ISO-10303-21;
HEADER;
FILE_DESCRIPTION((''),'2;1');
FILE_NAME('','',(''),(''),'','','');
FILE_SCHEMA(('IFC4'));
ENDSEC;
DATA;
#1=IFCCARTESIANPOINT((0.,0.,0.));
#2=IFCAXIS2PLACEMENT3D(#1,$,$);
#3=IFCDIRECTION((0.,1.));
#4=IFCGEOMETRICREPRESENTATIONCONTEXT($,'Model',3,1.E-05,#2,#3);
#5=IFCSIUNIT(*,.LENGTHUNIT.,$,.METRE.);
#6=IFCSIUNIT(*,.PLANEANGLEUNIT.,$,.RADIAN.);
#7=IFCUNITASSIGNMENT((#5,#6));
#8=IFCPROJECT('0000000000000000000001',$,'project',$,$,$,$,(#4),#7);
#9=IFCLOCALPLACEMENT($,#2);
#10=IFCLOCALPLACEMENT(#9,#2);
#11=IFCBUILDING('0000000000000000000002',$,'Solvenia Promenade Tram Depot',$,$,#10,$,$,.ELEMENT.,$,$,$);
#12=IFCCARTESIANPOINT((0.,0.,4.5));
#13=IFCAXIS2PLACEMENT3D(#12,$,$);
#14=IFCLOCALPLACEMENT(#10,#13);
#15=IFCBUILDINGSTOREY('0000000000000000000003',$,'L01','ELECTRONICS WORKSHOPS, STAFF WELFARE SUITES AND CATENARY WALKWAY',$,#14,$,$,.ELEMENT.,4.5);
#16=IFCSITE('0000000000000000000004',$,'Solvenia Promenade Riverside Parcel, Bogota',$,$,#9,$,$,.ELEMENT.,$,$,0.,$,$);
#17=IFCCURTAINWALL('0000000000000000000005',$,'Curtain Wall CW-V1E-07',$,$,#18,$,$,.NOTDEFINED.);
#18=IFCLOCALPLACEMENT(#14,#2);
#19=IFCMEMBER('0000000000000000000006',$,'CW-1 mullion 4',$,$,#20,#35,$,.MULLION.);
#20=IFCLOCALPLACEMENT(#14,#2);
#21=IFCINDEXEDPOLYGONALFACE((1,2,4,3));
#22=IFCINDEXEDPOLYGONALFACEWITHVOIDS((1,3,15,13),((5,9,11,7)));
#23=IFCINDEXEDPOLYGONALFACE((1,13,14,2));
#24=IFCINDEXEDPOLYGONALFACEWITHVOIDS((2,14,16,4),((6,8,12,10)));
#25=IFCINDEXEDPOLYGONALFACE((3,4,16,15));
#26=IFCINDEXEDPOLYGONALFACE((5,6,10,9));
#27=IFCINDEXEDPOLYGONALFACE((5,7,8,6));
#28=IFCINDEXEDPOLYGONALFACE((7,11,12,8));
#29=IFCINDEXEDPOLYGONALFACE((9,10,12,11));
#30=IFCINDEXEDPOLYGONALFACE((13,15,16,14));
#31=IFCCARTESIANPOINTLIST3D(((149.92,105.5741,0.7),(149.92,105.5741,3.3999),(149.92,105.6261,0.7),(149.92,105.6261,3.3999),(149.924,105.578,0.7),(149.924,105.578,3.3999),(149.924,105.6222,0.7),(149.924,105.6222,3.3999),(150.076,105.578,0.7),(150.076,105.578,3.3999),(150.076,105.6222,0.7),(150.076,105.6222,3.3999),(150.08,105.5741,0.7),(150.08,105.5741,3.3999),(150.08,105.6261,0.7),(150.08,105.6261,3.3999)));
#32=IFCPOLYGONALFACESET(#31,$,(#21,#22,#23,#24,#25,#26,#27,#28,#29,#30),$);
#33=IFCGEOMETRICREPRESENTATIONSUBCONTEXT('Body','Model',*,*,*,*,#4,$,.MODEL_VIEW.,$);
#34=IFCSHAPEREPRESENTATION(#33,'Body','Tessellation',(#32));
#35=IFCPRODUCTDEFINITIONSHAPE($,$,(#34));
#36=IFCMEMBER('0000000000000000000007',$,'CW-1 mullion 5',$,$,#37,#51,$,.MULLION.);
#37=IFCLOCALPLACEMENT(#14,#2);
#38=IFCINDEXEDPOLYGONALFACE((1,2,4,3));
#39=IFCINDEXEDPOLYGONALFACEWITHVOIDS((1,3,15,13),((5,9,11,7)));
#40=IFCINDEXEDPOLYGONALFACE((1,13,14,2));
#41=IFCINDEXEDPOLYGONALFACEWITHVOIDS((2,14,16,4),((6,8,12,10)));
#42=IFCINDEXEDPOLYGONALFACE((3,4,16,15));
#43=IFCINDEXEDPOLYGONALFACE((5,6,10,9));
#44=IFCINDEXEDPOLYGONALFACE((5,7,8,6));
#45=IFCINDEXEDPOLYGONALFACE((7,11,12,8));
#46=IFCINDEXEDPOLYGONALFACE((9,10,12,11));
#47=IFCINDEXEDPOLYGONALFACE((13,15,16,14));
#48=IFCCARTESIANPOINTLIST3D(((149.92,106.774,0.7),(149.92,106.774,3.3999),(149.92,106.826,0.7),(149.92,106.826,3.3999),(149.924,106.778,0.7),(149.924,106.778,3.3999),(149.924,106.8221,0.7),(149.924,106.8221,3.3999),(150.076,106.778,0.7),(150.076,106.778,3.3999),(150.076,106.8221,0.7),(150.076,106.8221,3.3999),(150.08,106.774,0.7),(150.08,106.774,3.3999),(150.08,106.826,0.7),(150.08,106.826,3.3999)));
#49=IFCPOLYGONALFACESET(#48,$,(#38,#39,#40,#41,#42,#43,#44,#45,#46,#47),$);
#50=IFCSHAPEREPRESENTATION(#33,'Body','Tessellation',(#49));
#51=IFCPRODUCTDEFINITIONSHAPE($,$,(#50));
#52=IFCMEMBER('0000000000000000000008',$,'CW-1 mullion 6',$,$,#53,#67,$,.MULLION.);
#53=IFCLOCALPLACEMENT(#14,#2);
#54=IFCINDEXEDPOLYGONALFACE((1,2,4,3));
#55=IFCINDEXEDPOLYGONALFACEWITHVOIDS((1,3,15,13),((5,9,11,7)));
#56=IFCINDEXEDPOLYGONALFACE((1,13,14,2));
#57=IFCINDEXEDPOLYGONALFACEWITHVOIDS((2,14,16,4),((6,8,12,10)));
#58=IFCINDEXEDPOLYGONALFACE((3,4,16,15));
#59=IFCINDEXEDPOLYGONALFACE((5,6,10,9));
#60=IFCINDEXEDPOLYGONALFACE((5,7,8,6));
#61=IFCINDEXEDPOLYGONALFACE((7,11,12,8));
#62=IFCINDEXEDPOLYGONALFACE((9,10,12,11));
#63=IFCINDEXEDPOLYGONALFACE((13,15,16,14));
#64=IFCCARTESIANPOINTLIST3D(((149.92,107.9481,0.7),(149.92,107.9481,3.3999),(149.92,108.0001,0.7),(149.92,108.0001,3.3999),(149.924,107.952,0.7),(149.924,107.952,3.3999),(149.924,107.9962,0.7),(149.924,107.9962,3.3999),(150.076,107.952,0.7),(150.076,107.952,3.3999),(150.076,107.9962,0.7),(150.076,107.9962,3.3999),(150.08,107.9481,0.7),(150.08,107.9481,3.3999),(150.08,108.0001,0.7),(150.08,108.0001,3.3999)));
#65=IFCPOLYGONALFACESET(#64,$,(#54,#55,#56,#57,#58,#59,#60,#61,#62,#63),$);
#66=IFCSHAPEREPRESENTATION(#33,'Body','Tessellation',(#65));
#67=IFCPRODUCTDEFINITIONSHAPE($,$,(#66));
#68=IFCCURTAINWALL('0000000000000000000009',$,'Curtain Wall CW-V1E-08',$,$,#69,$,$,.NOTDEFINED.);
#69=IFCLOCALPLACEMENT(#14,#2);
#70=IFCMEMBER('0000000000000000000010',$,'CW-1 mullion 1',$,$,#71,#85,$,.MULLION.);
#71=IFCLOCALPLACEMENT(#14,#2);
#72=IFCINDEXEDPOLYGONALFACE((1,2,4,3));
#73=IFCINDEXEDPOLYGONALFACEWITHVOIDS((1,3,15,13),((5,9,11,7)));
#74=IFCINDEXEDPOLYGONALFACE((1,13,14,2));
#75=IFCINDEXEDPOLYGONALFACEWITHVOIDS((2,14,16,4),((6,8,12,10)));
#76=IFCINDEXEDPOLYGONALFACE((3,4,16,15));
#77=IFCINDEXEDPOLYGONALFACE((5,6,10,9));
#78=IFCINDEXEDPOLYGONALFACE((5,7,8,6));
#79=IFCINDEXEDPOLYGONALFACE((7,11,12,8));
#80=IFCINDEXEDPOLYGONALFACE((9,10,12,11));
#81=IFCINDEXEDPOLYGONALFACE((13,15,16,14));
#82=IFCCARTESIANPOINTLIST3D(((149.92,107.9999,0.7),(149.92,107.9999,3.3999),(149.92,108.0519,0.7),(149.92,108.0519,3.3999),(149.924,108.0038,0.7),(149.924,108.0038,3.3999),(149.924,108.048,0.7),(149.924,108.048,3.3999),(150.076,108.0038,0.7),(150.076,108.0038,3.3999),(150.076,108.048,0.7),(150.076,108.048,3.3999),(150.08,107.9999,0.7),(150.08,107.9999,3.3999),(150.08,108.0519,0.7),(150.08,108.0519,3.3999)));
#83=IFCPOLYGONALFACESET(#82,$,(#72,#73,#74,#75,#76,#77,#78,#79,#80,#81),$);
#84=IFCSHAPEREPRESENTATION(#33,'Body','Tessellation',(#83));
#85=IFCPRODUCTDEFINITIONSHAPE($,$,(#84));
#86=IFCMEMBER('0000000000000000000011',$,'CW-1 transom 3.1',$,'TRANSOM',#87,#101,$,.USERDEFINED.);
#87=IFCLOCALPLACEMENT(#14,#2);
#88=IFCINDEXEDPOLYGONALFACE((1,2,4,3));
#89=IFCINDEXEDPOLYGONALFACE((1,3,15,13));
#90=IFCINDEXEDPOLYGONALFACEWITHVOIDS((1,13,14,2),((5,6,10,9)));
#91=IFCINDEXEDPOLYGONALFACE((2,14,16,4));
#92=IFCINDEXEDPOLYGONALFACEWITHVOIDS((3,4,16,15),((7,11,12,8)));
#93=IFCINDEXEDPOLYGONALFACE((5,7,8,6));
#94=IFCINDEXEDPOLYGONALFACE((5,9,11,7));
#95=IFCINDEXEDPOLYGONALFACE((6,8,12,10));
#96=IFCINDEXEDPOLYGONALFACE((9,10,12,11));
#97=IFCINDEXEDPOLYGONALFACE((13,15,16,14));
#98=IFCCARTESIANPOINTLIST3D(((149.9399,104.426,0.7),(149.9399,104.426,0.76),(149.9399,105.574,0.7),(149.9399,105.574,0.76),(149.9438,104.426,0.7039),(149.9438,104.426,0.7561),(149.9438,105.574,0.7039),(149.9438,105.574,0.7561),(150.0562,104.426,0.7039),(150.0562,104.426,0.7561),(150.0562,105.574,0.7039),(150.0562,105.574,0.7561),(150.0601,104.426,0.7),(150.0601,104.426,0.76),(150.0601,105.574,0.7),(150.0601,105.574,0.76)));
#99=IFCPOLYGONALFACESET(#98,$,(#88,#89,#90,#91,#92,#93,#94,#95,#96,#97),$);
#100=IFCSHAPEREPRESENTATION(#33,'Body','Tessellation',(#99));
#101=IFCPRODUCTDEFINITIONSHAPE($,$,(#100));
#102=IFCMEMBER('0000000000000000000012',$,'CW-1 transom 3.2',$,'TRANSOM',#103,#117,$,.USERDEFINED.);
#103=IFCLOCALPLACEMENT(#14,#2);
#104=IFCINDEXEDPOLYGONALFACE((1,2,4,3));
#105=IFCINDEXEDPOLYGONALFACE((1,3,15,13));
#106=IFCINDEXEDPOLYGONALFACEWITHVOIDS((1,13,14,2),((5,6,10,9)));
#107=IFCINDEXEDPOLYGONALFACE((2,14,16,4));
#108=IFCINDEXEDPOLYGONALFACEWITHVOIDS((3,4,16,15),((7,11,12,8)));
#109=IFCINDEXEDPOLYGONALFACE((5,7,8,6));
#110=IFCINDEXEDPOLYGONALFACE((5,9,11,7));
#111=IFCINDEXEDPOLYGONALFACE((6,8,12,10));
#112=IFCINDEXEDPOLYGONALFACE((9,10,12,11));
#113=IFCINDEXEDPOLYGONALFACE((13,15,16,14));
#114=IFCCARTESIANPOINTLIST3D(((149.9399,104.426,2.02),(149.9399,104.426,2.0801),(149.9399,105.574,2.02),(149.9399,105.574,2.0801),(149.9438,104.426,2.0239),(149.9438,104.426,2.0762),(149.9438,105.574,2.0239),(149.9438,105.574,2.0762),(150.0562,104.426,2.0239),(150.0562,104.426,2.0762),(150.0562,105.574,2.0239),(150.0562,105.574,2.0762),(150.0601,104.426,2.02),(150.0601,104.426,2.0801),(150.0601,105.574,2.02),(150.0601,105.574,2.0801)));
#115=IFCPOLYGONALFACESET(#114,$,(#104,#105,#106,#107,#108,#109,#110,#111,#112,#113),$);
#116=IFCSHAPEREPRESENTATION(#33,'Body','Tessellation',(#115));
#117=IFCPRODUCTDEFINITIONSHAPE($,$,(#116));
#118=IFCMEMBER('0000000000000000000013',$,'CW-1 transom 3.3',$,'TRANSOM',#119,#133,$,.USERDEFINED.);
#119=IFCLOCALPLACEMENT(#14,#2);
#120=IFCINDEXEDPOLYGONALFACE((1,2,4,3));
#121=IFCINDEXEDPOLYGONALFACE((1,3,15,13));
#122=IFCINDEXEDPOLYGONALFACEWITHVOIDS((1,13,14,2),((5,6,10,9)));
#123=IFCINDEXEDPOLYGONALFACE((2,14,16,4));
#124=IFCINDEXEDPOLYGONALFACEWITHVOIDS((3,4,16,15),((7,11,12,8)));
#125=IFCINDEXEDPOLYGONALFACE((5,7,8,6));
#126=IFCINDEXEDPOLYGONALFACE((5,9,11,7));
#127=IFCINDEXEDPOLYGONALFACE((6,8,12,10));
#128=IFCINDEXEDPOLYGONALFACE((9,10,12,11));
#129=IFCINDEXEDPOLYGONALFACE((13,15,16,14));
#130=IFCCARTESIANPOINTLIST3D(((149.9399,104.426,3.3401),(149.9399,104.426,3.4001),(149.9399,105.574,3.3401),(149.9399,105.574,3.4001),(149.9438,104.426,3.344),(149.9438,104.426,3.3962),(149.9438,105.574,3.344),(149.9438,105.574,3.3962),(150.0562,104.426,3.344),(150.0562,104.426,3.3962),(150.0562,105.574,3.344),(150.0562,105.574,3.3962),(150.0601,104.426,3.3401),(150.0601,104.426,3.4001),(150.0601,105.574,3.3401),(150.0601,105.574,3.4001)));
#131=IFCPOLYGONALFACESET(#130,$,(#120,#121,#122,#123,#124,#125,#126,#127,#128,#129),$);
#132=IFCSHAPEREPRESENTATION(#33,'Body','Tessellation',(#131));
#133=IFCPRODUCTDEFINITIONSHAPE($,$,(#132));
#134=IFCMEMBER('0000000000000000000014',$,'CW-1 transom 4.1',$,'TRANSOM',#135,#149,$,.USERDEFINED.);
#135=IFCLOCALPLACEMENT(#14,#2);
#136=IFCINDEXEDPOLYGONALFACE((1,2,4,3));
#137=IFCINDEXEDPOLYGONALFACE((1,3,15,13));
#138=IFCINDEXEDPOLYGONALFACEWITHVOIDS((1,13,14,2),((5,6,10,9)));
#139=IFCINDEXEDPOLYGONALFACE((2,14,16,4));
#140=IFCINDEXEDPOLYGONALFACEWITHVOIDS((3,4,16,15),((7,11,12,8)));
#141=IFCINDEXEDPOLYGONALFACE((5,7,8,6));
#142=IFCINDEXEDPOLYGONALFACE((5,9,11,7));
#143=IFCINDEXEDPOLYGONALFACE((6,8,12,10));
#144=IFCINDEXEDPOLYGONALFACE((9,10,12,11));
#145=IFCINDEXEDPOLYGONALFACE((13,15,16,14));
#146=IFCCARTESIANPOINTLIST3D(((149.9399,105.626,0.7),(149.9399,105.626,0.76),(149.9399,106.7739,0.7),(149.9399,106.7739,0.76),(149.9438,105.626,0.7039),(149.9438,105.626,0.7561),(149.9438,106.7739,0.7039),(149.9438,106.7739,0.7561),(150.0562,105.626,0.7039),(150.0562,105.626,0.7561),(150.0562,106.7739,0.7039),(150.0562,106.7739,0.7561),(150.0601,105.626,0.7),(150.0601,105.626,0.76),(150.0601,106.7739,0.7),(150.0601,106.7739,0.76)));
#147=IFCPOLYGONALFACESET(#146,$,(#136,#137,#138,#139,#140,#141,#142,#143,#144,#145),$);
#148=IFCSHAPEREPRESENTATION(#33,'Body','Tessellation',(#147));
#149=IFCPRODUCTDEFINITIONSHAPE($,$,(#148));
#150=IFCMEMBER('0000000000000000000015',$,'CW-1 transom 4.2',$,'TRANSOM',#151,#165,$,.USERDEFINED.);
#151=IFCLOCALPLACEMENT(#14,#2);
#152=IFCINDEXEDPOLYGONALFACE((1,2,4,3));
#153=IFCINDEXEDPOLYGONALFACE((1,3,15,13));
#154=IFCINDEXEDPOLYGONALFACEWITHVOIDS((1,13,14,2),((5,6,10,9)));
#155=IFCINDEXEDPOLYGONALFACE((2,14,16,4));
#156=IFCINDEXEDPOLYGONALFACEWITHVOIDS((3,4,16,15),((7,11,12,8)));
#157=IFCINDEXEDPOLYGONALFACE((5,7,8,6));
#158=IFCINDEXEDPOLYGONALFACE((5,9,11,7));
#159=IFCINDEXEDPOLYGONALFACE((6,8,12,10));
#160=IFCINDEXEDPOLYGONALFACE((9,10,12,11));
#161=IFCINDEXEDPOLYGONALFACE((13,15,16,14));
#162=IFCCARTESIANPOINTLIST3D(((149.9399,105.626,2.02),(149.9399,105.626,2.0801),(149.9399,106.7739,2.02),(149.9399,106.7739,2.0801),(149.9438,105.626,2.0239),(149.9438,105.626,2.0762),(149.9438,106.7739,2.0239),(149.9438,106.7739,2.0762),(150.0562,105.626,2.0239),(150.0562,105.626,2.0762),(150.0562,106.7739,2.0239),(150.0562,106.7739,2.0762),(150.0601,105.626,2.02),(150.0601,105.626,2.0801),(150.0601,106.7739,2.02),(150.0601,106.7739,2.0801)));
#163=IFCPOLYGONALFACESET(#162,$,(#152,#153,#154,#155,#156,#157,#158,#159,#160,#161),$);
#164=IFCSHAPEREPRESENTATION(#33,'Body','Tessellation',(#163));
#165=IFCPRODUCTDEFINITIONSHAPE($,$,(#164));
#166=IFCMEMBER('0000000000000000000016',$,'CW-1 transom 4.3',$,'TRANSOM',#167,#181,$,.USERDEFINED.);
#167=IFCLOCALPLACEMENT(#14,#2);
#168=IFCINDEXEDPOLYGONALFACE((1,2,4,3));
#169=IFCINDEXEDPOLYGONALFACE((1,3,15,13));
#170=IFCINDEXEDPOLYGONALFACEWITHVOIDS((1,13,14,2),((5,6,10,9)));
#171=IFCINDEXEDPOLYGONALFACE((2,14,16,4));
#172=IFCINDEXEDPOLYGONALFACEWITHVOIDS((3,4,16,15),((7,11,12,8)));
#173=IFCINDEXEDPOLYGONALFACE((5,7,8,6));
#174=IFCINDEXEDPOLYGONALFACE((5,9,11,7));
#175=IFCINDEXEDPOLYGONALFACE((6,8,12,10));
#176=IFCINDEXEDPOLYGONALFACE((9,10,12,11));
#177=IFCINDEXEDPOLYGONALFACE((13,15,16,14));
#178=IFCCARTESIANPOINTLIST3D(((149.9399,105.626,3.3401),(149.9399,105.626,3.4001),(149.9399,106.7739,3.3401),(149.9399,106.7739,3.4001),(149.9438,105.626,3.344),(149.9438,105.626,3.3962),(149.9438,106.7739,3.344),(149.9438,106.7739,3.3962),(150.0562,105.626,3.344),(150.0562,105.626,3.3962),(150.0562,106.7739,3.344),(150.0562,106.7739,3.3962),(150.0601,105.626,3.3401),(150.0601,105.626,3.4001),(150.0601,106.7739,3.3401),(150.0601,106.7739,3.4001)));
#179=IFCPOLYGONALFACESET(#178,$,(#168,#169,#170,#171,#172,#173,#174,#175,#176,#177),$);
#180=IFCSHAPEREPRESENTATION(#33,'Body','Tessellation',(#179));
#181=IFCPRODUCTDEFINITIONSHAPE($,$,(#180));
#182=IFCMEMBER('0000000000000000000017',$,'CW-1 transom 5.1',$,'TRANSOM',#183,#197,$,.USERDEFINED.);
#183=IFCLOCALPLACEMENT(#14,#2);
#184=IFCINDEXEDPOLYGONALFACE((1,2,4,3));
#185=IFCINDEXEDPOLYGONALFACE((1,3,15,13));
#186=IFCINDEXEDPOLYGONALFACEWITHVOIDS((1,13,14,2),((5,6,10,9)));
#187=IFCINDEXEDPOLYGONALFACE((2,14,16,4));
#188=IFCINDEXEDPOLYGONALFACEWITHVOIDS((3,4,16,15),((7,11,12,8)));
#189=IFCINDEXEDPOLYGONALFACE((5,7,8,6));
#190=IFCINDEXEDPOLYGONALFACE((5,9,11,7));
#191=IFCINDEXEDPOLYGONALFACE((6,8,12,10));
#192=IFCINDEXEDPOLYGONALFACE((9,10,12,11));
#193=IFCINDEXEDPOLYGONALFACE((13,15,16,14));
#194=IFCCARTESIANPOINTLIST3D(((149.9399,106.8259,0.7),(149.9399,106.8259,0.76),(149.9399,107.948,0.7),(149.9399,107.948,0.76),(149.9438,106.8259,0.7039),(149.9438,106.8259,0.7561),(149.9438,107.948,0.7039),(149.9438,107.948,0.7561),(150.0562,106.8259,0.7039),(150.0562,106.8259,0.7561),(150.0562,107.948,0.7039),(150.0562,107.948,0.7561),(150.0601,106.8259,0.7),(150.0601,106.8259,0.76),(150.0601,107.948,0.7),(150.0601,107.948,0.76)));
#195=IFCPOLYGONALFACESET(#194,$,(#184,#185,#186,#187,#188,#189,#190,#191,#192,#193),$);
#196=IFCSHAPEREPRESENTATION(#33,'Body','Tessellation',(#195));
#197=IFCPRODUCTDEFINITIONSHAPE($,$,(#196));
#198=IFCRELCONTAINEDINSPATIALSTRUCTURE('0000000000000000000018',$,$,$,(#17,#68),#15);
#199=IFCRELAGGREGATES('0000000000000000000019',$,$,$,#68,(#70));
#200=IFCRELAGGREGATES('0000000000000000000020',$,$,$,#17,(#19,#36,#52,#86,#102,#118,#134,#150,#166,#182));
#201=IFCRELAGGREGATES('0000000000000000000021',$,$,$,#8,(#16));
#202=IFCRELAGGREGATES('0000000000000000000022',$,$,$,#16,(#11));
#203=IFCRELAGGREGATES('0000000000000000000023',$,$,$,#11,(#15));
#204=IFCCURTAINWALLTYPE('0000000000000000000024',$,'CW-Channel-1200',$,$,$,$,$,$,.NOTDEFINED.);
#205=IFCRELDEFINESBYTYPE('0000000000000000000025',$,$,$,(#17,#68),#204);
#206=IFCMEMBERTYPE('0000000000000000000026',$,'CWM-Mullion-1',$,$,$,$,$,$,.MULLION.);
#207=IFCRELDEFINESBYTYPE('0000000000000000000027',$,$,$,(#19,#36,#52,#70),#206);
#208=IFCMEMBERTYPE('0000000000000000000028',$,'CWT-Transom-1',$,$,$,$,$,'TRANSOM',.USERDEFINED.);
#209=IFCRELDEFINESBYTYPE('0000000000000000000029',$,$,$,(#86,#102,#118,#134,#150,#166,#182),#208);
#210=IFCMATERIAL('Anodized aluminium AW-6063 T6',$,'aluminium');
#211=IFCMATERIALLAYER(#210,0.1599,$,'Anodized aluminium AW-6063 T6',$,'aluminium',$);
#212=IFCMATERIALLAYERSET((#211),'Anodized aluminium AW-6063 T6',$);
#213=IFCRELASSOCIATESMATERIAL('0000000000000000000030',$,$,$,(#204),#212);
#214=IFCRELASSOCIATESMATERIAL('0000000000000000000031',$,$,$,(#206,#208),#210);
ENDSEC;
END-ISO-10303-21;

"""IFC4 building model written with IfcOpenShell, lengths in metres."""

from ifc_helpers import new_model, si_unit, direction, frame, origin, origin_2d, place, context, subcontext, project, spatial, hollow_rectangle, extrude, material, layer, layer_set, material_profile, profile_set, type_object, element, aggregate, save


model = new_model("IFC4")

# Units and contexts
model_context = context("Model", 3, precision=1e-05, world=origin(), true_north=direction((0.0, 1.0)))
body_context = subcontext(model_context, "Body", "Model", "MODEL_VIEW")
ifc_project = project(units=[si_unit("LENGTHUNIT", "METRE"), si_unit("PLANEANGLEUNIT", "RADIAN")], contexts=[model_context])

# Site, building, storey
site_placement = place(None, origin())
site = spatial("IfcSite", under=ifc_project, at=site_placement, Name="Solvenia Promenade Riverside Parcel, Bogota", CompositionType="ELEMENT", RefElevation=0.0)
building_placement = place(site_placement, origin())
building = spatial("IfcBuilding", under=site, at=building_placement, Name="Solvenia Promenade Tram Depot", CompositionType="ELEMENT")
storey_placement = place(building_placement, frame((0.0, 0.0, 4.5)))
storey = spatial("IfcBuildingStorey", under=building, at=storey_placement, Name="L01", Description="ELECTRONICS WORKSHOPS, STAFF WELFARE SUITES AND CATENARY WALKWAY", CompositionType="ELEMENT", Elevation=4.5)

# Curtain wall, members
ifc_material_1 = material(Name="Anodized aluminium AW-6063 T6", Category="aluminium")
ifc_layer_1 = layer(ifc_material_1, 0.1599, Name="Anodized aluminium AW-6063 T6", Category="aluminium")
ifc_layer_set_1 = layer_set([ifc_layer_1], Name="Anodized aluminium AW-6063 T6")
curtain_wall_type = type_object("IfcCurtainWallType", Name="CW-Channel-1200", PredefinedType="NOTDEFINED", material=ifc_layer_set_1)
curtain_wall_1_placement = place(storey_placement, origin())
curtain_wall_1 = element("IfcCurtainWall", 1, at=curtain_wall_1_placement, inside=storey, type_object=curtain_wall_type, Name="Curtain Wall CW-V1E-07", PredefinedType="NOTDEFINED")
ifc_material_profile_1 = material_profile(ifc_material_1, hollow_rectangle(XDim=0.1599, YDim=0.052, WallThickness=0.0039, at=origin_2d()), Name="ALU-M1", Category="aluminium")
ifc_profile_set_1 = profile_set([ifc_material_profile_1], Name="Anodized aluminium AW-6063 T6")
member_type_1 = type_object("IfcMemberType", Name="CWM-Mullion-1", PredefinedType="MULLION", material=ifc_profile_set_1)
member_1_placement = place(storey_placement, frame((150.0, 105.6001, 0.7), z_axis=(0.0, 0.0, 1.0), x_axis=(-1.0, 0.0, 0.0)))
member_1 = element("IfcMember", 2, at=member_1_placement, type_object=member_type_1, Name="CW-1 mullion 4", PredefinedType="MULLION", context=body_context, shape_type="SweptSolid", body=[
    extrude(hollow_rectangle(XDim=0.1599, YDim=0.052, WallThickness=0.0039, at=origin_2d()), origin(), (0.0, 0.0, 1.0), 2.7),
])
member_2_placement = place(storey_placement, frame((150.0, 106.8, 0.7), z_axis=(0.0, 0.0, 1.0), x_axis=(-1.0, 0.0, 0.0)))
member_2 = element("IfcMember", 3, at=member_2_placement, type_object=member_type_1, Name="CW-1 mullion 5", PredefinedType="MULLION", context=body_context, shape_type="SweptSolid", body=[
    extrude(hollow_rectangle(XDim=0.1599, YDim=0.052, WallThickness=0.0039, at=origin_2d()), origin(), (0.0, 0.0, 1.0), 2.7),
])
member_3_placement = place(storey_placement, frame((150.0, 107.9741, 0.7), z_axis=(0.0, 0.0, 1.0), x_axis=(-1.0, 0.0, 0.0)))
member_3 = element("IfcMember", 4, at=member_3_placement, type_object=member_type_1, Name="CW-1 mullion 6", PredefinedType="MULLION", context=body_context, shape_type="SweptSolid", body=[
    extrude(hollow_rectangle(XDim=0.1599, YDim=0.052, WallThickness=0.0039, at=origin_2d()), origin(), (0.0, 0.0, 1.0), 2.7),
])

# Curtain wall, member
curtain_wall_2_placement = place(storey_placement, origin())
curtain_wall_2 = element("IfcCurtainWall", 5, at=curtain_wall_2_placement, inside=storey, type_object=curtain_wall_type, Name="Curtain Wall CW-V1E-08", PredefinedType="NOTDEFINED")
member_4_placement = place(storey_placement, frame((150.0, 108.0259, 0.7), z_axis=(0.0, 0.0, 1.0), x_axis=(-1.0, 0.0, 0.0)))
member_4 = element("IfcMember", 6, at=member_4_placement, type_object=member_type_1, Name="CW-1 mullion 1", PredefinedType="MULLION", context=body_context, shape_type="SweptSolid", body=[
    extrude(hollow_rectangle(XDim=0.1599, YDim=0.052, WallThickness=0.0039, at=origin_2d()), origin(), (0.0, 0.0, 1.0), 2.7),
])

# Members
ifc_material_profile_2 = material_profile(ifc_material_1, hollow_rectangle(XDim=0.1201, YDim=0.0601, WallThickness=0.0039, at=origin_2d()), Name="ALU-T1", Category="aluminium")
ifc_profile_set_2 = profile_set([ifc_material_profile_2], Name="Anodized aluminium AW-6063 T6")
member_type_2 = type_object("IfcMemberType", Name="CWT-Transom-1", ElementType="TRANSOM", PredefinedType="USERDEFINED", material=ifc_profile_set_2)
member_5_placement = place(storey_placement, frame((150.0, 104.426, 0.73), z_axis=(0.0, 1.0, 0.0), x_axis=(-1.0, 0.0, 0.0)))
member_5 = element("IfcMember", 7, at=member_5_placement, type_object=member_type_2, Name="CW-1 transom 3.1", ObjectType="TRANSOM", PredefinedType="USERDEFINED", context=body_context, shape_type="SweptSolid", body=[
    extrude(hollow_rectangle(XDim=0.1201, YDim=0.0601, WallThickness=0.0039, at=origin_2d()), origin(), (0.0, 0.0, 1.0), 1.1479),
])
member_6_placement = place(storey_placement, frame((150.0, 104.426, 2.05), z_axis=(0.0, 1.0, 0.0), x_axis=(-1.0, 0.0, 0.0)))
member_6 = element("IfcMember", 8, at=member_6_placement, type_object=member_type_2, Name="CW-1 transom 3.2", ObjectType="TRANSOM", PredefinedType="USERDEFINED", context=body_context, shape_type="SweptSolid", body=[
    extrude(hollow_rectangle(XDim=0.1201, YDim=0.0601, WallThickness=0.0039, at=origin_2d()), origin(), (0.0, 0.0, 1.0), 1.1479),
])
member_7_placement = place(storey_placement, frame((150.0, 104.426, 3.3701), z_axis=(0.0, 1.0, 0.0), x_axis=(-1.0, 0.0, 0.0)))
member_7 = element("IfcMember", 9, at=member_7_placement, type_object=member_type_2, Name="CW-1 transom 3.3", ObjectType="TRANSOM", PredefinedType="USERDEFINED", context=body_context, shape_type="SweptSolid", body=[
    extrude(hollow_rectangle(XDim=0.1201, YDim=0.0601, WallThickness=0.0039, at=origin_2d()), origin(), (0.0, 0.0, 1.0), 1.1479),
])
member_8_placement = place(storey_placement, frame((150.0, 105.626, 0.73), z_axis=(0.0, 1.0, 0.0), x_axis=(-1.0, 0.0, 0.0)))
member_8 = element("IfcMember", 10, at=member_8_placement, type_object=member_type_2, Name="CW-1 transom 4.1", ObjectType="TRANSOM", PredefinedType="USERDEFINED", context=body_context, shape_type="SweptSolid", body=[
    extrude(hollow_rectangle(XDim=0.1201, YDim=0.0601, WallThickness=0.0039, at=origin_2d()), origin(), (0.0, 0.0, 1.0), 1.1479),
])
member_9_placement = place(storey_placement, frame((150.0, 105.626, 2.05), z_axis=(0.0, 1.0, 0.0), x_axis=(-1.0, 0.0, 0.0)))
member_9 = element("IfcMember", 11, at=member_9_placement, type_object=member_type_2, Name="CW-1 transom 4.2", ObjectType="TRANSOM", PredefinedType="USERDEFINED", context=body_context, shape_type="SweptSolid", body=[
    extrude(hollow_rectangle(XDim=0.1201, YDim=0.0601, WallThickness=0.0039, at=origin_2d()), origin(), (0.0, 0.0, 1.0), 1.1479),
])
member_10_placement = place(storey_placement, frame((150.0, 105.626, 3.3701), z_axis=(0.0, 1.0, 0.0), x_axis=(-1.0, 0.0, 0.0)))
member_10 = element("IfcMember", 12, at=member_10_placement, type_object=member_type_2, Name="CW-1 transom 4.3", ObjectType="TRANSOM", PredefinedType="USERDEFINED", context=body_context, shape_type="SweptSolid", body=[
    extrude(hollow_rectangle(XDim=0.1201, YDim=0.0601, WallThickness=0.0039, at=origin_2d()), origin(), (0.0, 0.0, 1.0), 1.1479),
])
member_11_placement = place(storey_placement, frame((150.0, 106.8259, 0.73), z_axis=(0.0, 1.0, 0.0), x_axis=(-1.0, 0.0, 0.0)))
member_11 = element("IfcMember", 13, at=member_11_placement, type_object=member_type_2, Name="CW-1 transom 5.1", ObjectType="TRANSOM", PredefinedType="USERDEFINED", context=body_context, shape_type="SweptSolid", body=[
    extrude(hollow_rectangle(XDim=0.1201, YDim=0.0601, WallThickness=0.0039, at=origin_2d()), origin(), (0.0, 0.0, 1.0), 1.1221),
])
aggregate(curtain_wall_2, [member_4])

aggregate(curtain_wall_1, [member_1, member_2, member_3, member_5, member_6, member_7, member_8, member_9, member_10, member_11])

save(model, "model.ifc")
